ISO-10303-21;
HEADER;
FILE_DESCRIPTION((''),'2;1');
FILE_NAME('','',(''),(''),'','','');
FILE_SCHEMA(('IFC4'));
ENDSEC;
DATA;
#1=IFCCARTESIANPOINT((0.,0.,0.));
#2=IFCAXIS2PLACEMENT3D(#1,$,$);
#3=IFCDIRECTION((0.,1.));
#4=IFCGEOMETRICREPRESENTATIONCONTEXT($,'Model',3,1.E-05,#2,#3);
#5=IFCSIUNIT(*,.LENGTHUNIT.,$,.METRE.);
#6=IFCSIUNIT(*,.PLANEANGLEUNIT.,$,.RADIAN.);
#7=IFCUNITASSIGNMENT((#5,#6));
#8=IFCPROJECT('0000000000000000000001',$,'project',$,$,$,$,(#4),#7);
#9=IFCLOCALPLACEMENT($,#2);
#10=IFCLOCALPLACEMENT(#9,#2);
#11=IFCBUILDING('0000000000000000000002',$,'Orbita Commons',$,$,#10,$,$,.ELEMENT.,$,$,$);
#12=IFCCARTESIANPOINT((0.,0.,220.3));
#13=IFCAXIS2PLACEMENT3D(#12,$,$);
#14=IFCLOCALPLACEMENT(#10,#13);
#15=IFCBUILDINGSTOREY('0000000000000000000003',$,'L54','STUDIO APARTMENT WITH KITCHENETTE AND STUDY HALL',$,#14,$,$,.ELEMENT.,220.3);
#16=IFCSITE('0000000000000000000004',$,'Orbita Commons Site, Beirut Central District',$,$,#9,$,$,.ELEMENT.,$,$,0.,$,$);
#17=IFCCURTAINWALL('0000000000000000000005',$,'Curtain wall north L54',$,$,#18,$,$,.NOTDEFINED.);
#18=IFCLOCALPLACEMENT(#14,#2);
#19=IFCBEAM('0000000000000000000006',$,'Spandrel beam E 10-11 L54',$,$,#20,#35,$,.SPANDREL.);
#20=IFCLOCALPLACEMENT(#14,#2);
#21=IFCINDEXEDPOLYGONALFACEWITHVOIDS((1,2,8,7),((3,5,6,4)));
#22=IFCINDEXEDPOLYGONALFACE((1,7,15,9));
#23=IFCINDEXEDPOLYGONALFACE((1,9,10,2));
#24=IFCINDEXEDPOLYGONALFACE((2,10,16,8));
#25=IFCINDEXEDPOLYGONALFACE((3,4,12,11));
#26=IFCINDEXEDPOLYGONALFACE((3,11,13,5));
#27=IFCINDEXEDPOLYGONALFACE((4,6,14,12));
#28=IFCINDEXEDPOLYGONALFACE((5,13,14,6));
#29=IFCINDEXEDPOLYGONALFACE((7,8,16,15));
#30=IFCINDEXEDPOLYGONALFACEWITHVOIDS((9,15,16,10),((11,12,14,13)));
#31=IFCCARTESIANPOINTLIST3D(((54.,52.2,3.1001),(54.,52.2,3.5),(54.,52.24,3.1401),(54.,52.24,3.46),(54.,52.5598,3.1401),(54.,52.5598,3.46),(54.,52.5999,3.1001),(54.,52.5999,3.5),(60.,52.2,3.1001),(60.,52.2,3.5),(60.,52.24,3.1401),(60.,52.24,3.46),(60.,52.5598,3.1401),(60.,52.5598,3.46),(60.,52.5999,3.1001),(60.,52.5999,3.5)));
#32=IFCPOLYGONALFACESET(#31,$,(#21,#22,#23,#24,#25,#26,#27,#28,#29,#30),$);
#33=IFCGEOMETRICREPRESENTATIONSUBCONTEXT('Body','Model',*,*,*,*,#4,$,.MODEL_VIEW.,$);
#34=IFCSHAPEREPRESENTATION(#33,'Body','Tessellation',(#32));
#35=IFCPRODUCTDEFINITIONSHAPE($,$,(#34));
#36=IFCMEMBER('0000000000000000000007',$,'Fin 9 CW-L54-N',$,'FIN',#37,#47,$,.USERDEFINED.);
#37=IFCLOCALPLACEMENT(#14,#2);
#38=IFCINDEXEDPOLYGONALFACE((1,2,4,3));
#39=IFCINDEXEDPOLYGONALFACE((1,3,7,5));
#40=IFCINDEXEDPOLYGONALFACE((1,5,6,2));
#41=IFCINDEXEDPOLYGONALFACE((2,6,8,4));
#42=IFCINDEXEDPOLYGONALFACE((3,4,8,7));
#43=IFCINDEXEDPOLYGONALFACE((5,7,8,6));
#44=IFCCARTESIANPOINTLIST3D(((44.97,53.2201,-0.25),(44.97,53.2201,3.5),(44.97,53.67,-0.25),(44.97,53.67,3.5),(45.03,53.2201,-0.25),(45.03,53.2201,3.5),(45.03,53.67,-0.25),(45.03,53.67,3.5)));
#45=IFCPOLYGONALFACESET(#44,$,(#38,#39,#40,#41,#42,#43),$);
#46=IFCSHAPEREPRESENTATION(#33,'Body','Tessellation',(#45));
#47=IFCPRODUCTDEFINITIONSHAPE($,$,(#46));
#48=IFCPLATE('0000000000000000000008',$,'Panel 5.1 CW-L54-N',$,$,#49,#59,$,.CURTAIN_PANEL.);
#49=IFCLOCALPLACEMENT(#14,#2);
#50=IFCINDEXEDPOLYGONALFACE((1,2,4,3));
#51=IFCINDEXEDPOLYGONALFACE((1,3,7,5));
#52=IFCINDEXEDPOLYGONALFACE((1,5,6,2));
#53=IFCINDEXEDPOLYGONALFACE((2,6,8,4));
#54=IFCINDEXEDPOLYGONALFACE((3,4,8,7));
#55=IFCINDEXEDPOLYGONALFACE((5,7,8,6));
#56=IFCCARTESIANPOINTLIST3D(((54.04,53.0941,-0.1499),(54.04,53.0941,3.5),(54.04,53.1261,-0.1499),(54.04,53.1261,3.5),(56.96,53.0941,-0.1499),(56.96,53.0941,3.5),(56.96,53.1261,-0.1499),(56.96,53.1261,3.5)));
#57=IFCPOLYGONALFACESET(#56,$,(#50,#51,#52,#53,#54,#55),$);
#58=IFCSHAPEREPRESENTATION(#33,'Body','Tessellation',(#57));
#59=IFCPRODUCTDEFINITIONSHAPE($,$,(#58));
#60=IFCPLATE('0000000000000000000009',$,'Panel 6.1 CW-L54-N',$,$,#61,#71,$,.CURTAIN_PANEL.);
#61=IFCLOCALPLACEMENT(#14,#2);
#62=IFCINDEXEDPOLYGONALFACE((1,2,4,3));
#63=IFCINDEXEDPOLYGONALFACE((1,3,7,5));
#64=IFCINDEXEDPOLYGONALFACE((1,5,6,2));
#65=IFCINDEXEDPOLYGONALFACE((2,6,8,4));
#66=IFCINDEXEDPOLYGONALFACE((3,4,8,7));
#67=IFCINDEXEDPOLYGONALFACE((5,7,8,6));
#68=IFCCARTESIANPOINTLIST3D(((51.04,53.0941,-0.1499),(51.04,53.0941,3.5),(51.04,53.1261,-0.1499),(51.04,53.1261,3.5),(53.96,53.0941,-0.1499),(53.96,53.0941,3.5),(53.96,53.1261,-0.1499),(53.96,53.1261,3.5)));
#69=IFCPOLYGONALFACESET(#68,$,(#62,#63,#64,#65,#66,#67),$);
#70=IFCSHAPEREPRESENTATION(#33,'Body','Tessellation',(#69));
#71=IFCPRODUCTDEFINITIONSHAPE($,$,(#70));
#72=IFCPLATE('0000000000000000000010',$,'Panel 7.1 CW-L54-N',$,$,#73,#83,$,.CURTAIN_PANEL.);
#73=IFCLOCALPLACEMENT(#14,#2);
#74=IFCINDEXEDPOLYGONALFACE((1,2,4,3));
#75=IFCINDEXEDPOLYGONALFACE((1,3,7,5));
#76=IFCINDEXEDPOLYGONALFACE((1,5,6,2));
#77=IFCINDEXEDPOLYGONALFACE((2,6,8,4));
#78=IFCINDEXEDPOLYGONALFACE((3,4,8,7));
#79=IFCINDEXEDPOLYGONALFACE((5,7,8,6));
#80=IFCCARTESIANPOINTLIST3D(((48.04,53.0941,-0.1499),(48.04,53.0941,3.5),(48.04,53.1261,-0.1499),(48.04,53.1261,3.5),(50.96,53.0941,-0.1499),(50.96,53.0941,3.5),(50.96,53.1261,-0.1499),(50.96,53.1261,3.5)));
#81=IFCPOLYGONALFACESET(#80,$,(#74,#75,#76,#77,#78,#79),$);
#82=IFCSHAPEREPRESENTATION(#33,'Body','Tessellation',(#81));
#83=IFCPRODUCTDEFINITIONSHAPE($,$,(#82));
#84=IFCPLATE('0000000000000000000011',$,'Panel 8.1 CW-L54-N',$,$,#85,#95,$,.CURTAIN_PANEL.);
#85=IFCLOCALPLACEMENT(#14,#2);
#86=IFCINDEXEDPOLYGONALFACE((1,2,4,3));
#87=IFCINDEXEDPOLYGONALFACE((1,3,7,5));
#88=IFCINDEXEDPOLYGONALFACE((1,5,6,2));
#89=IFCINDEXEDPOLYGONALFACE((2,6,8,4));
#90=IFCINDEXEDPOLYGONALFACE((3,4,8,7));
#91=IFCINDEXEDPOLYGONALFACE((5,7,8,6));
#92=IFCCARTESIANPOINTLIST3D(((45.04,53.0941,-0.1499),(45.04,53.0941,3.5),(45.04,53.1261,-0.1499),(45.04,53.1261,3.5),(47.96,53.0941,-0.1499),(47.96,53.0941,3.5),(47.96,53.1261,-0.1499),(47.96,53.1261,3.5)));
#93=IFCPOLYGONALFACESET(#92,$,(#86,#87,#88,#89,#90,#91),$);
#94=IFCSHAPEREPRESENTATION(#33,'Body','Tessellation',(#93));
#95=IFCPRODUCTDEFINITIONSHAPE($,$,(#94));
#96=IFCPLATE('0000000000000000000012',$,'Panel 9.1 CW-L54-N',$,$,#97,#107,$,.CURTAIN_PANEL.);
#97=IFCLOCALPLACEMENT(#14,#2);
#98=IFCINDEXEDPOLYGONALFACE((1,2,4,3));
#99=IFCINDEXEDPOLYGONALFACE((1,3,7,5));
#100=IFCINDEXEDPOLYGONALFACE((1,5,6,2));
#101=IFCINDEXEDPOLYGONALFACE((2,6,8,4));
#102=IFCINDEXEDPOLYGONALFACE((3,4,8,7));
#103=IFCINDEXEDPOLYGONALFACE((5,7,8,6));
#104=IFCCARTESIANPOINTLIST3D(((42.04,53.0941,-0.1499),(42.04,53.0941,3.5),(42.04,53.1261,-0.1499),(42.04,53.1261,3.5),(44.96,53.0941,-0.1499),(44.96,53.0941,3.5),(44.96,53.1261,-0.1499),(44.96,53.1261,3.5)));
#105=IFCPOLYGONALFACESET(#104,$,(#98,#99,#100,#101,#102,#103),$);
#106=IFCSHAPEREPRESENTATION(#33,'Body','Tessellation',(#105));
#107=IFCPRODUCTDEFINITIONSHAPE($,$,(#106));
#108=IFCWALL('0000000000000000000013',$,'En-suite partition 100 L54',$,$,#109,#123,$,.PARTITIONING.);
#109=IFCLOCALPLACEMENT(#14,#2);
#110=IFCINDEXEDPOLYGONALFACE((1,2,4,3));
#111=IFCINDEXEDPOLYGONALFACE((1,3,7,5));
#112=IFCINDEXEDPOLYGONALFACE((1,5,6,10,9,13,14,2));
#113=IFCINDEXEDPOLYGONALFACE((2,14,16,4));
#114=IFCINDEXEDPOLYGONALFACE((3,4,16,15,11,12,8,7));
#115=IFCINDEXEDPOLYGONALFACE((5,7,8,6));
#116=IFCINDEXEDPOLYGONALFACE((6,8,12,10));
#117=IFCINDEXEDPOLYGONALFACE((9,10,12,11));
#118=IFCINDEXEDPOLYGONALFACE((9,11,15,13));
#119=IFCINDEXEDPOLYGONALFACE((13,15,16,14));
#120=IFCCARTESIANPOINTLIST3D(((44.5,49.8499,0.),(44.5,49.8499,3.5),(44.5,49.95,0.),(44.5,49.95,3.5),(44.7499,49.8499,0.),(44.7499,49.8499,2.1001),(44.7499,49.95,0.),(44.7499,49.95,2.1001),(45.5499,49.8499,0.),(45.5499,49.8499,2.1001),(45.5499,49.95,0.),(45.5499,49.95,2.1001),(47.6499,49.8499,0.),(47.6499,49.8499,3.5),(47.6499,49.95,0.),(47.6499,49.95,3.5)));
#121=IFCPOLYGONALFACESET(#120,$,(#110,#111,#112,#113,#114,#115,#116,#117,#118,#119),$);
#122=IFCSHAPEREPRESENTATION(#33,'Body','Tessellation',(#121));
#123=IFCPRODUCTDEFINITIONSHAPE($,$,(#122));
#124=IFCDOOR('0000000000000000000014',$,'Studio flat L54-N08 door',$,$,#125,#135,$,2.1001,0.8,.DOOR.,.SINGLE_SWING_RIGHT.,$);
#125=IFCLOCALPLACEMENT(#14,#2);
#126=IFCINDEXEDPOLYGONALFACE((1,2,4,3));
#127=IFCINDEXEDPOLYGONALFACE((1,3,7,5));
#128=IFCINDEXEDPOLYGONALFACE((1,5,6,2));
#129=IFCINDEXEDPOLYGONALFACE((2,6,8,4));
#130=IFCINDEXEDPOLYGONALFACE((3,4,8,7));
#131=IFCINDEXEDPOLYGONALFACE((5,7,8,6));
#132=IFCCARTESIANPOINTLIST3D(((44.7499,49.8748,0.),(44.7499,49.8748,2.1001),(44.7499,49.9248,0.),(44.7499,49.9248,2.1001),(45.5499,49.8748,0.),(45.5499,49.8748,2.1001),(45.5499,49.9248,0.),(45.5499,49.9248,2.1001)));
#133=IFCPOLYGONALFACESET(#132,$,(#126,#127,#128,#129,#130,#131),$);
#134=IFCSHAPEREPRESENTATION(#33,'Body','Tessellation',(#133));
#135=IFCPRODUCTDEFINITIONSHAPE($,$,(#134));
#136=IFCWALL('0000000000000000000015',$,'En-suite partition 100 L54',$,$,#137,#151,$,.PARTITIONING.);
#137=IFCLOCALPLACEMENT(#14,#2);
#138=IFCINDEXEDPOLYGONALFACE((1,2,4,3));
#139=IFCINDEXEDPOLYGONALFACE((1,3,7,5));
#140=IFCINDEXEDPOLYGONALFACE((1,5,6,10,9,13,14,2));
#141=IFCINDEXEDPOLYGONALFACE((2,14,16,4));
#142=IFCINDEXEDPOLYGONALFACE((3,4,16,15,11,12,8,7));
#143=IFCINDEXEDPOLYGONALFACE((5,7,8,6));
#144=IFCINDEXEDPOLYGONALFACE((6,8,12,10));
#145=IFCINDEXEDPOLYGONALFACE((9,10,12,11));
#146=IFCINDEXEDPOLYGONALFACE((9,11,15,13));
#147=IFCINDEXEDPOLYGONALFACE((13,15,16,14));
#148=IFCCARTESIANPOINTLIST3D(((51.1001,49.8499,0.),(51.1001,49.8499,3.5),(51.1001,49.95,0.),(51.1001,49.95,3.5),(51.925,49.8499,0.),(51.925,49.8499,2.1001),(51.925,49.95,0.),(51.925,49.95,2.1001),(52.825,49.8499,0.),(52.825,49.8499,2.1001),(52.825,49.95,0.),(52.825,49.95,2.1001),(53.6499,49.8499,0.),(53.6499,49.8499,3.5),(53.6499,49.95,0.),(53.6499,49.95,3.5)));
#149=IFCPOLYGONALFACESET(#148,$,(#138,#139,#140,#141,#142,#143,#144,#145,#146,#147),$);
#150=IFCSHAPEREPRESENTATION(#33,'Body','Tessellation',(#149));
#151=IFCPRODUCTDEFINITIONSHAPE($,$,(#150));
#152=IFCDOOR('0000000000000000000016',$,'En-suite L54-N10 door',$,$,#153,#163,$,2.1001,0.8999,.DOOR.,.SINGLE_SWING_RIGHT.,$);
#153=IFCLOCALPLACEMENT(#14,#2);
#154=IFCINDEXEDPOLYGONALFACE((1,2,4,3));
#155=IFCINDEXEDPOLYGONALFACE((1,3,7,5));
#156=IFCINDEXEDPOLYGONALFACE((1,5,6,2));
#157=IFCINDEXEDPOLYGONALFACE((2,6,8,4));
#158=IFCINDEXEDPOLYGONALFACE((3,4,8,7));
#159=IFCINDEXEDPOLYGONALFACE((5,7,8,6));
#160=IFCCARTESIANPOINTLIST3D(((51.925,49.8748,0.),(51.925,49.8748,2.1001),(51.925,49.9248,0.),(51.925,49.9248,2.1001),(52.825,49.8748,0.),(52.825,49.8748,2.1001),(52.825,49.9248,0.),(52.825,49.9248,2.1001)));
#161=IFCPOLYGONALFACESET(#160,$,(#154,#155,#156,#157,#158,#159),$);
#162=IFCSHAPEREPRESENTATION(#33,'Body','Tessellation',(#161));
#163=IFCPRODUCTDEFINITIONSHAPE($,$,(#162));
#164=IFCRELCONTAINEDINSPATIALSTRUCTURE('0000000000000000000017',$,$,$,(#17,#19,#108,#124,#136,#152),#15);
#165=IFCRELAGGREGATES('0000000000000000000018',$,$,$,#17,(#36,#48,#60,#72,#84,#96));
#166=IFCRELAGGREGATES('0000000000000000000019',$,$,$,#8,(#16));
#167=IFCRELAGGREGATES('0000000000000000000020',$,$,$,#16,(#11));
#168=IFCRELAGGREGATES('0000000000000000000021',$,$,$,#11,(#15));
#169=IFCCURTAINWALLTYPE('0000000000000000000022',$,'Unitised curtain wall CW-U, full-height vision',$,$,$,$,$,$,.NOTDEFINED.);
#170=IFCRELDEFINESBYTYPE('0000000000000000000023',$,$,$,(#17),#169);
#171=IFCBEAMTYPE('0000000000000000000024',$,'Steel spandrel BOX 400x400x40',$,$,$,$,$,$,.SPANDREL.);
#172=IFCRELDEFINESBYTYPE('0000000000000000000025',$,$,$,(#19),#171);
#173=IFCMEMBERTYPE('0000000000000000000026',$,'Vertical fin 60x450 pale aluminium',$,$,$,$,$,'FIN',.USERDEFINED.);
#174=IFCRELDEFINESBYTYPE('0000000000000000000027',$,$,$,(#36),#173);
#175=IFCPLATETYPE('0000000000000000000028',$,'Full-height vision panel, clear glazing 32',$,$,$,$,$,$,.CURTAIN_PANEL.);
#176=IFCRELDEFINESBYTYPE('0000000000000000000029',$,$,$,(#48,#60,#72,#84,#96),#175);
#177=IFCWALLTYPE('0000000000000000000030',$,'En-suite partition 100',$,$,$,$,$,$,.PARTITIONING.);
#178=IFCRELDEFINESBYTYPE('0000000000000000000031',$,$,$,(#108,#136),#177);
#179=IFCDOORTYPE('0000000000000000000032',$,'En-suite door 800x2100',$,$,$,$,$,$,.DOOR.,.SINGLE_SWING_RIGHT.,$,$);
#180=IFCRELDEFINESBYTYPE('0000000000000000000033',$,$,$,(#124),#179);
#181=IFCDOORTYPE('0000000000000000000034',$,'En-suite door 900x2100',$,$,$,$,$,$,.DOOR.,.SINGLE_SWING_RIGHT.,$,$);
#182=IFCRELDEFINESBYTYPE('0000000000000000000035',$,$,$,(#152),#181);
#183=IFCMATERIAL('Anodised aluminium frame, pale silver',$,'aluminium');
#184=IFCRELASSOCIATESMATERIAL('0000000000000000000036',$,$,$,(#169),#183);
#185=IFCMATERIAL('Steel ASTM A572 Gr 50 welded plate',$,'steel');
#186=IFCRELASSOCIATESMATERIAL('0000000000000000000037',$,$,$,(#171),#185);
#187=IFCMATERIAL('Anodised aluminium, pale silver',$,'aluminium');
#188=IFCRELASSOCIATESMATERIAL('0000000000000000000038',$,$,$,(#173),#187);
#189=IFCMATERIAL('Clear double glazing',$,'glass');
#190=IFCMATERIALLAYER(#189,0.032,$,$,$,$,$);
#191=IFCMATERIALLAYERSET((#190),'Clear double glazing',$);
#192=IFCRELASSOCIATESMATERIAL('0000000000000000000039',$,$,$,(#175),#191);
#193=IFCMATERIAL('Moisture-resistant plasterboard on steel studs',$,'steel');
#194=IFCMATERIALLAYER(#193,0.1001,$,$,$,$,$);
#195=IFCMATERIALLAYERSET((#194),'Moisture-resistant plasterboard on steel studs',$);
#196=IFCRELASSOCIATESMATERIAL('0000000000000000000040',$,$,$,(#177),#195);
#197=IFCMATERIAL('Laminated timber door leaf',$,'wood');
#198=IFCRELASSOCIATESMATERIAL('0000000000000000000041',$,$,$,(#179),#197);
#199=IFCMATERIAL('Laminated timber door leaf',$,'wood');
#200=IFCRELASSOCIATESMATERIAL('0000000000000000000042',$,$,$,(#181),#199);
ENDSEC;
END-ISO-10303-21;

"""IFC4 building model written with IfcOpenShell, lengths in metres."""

from ifc_helpers import new_model, si_unit, direction, frame, frame_2d, origin, origin_2d, place, context, subcontext, project, spatial, rectangle, hollow_rectangle, extrude, material, layer, layer_set, material_profile, profile_set, type_object, element, fill, aggregate, save


model = new_model("IFC4")

# Units and contexts
model_context = context("Model", 3, precision=1e-05, world=origin(), true_north=direction((0.0, 1.0)))
body_context = subcontext(model_context, "Body", "Model", "MODEL_VIEW")
ifc_project = project(units=[si_unit("LENGTHUNIT", "METRE"), si_unit("PLANEANGLEUNIT", "RADIAN")], contexts=[model_context])

# Site, building, storey
site_placement = place(None, origin())
site = spatial("IfcSite", under=ifc_project, at=site_placement, Name="Orbita Commons Site, Beirut Central District", CompositionType="ELEMENT", RefElevation=0.0)
building_placement = place(site_placement, origin())
building = spatial("IfcBuilding", under=site, at=building_placement, Name="Orbita Commons", CompositionType="ELEMENT")
storey_placement = place(building_placement, frame((0.0, 0.0, 220.3)))
storey = spatial("IfcBuildingStorey", under=building, at=storey_placement, Name="L54", Description="STUDIO APARTMENT WITH KITCHENETTE AND STUDY HALL", CompositionType="ELEMENT", Elevation=220.3)

# Curtain wall
ifc_material_1 = material(Name="Anodised aluminium frame, pale silver", Category="aluminium")
curtain_wall_type = type_object("IfcCurtainWallType", Name="Unitised curtain wall CW-U, full-height vision", PredefinedType="NOTDEFINED", material=ifc_material_1)
curtain_wall_placement = place(storey_placement, origin())
curtain_wall = element("IfcCurtainWall", 1, at=curtain_wall_placement, inside=storey, type_object=curtain_wall_type, Name="Curtain wall north L54", PredefinedType="NOTDEFINED")

# Beam
ifc_material_2 = material(Name="Steel ASTM A572 Gr 50 welded plate", Category="steel")
ifc_material_profile_1 = material_profile(ifc_material_2, hollow_rectangle(XDim=0.3999, YDim=0.3999, WallThickness=0.04, at=origin_2d()), Name="BOX 400x400x40")
ifc_profile_set_1 = profile_set([ifc_material_profile_1], Name="Steel ASTM A572 Gr 50 welded plate")
beam_type = type_object("IfcBeamType", Name="Steel spandrel BOX 400x400x40", PredefinedType="SPANDREL", material=ifc_profile_set_1)
for number, where, z_axis, x_axis, name in (
    (2, (54.0, 52.3999, 3.3), (1.0, 0.0, 0.0), (0.0, 1.0, 0.0), "Spandrel beam E 10-11 L54"),
):
    element("IfcBeam", number, at=place(storey_placement, frame(where, z_axis=z_axis, x_axis=x_axis)), inside=storey, type_object=beam_type, Name=name, PredefinedType="SPANDREL", context=body_context, shape_type="SweptSolid", body=[
        extrude(hollow_rectangle(XDim=0.3999, YDim=0.3999, WallThickness=0.04, at=origin_2d()), origin(), (0.0, 0.0, 1.0), 6.0),
    ])

# Member
ifc_material_3 = material(Name="Anodised aluminium, pale silver", Category="aluminium")
ifc_material_profile_2 = material_profile(ifc_material_3, rectangle(XDim=0.0601, YDim=0.45, at=origin_2d()), Name="FIN 60x450")
ifc_profile_set_2 = profile_set([ifc_material_profile_2], Name="Anodised aluminium, pale silver")
member_type_1 = type_object("IfcMemberType", Name="Vertical fin 60x450 pale aluminium", ElementType="FIN", PredefinedType="USERDEFINED", material=ifc_profile_set_2)
member_1_placement = place(storey_placement, frame((45.0, 53.4451, -0.25), z_axis=(0.0, 0.0, 1.0), x_axis=(-1.0, 0.0, 0.0)))
member_1 = element("IfcMember", 3, at=member_1_placement, type_object=member_type_1, Name="Fin 9 CW-L54-N", ObjectType="FIN", PredefinedType="USERDEFINED", context=body_context, shape_type="SweptSolid", body=[
    extrude(rectangle(XDim=0.0601, YDim=0.45, at=origin_2d()), origin(), (0.0, 0.0, 1.0), 3.75),
])

# Plates
ifc_material_4 = material(Name="Clear double glazing", Category="glass")
ifc_layer_1 = layer(ifc_material_4, 0.032)
ifc_layer_set_1 = layer_set([ifc_layer_1], Name="Clear double glazing")
plate_type = type_object("IfcPlateType", Name="Full-height vision panel, clear glazing 32", PredefinedType="CURTAIN_PANEL", material=ifc_layer_set_1)
plate_1_placement = place(storey_placement, frame((55.5, 53.1101, -0.1499), z_axis=(0.0, 0.0, 1.0), x_axis=(-1.0, 0.0, 0.0)))
plate_1 = element("IfcPlate", 4, at=plate_1_placement, type_object=plate_type, Name="Panel 5.1 CW-L54-N", PredefinedType="CURTAIN_PANEL", context=body_context, shape_type="SweptSolid", body=[
    extrude(rectangle(XDim=2.9199, YDim=0.032, at=origin_2d()), origin(), (0.0, 0.0, 1.0), 3.6499),
])
plate_2_placement = place(storey_placement, frame((52.5, 53.1101, -0.1499), z_axis=(0.0, 0.0, 1.0), x_axis=(-1.0, 0.0, 0.0)))
plate_2 = element("IfcPlate", 5, at=plate_2_placement, type_object=plate_type, Name="Panel 6.1 CW-L54-N", PredefinedType="CURTAIN_PANEL", context=body_context, shape_type="SweptSolid", body=[
    extrude(rectangle(XDim=2.9199, YDim=0.032, at=origin_2d()), origin(), (0.0, 0.0, 1.0), 3.6499),
])
plate_3_placement = place(storey_placement, frame((49.5, 53.1101, -0.1499), z_axis=(0.0, 0.0, 1.0), x_axis=(-1.0, 0.0, 0.0)))
plate_3 = element("IfcPlate", 6, at=plate_3_placement, type_object=plate_type, Name="Panel 7.1 CW-L54-N", PredefinedType="CURTAIN_PANEL", context=body_context, shape_type="SweptSolid", body=[
    extrude(rectangle(XDim=2.9199, YDim=0.032, at=origin_2d()), origin(), (0.0, 0.0, 1.0), 3.6499),
])
plate_4_placement = place(storey_placement, frame((46.5, 53.1101, -0.1499), z_axis=(0.0, 0.0, 1.0), x_axis=(-1.0, 0.0, 0.0)))
plate_4 = element("IfcPlate", 7, at=plate_4_placement, type_object=plate_type, Name="Panel 8.1 CW-L54-N", PredefinedType="CURTAIN_PANEL", context=body_context, shape_type="SweptSolid", body=[
    extrude(rectangle(XDim=2.9199, YDim=0.032, at=origin_2d()), origin(), (0.0, 0.0, 1.0), 3.6499),
])
plate_5_placement = place(storey_placement, frame((43.5, 53.1101, -0.1499), z_axis=(0.0, 0.0, 1.0), x_axis=(-1.0, 0.0, 0.0)))
plate_5 = element("IfcPlate", 8, at=plate_5_placement, type_object=plate_type, Name="Panel 9.1 CW-L54-N", PredefinedType="CURTAIN_PANEL", context=body_context, shape_type="SweptSolid", body=[
    extrude(rectangle(XDim=2.9199, YDim=0.032, at=origin_2d()), origin(), (0.0, 0.0, 1.0), 3.6499),
])
aggregate(curtain_wall, [member_1, plate_1, plate_2, plate_3, plate_4, plate_5])

# Walls, openings, doors
ifc_material_5 = material(Name="Moisture-resistant plasterboard on steel studs", Category="steel")
ifc_layer_2 = layer(ifc_material_5, 0.1001)
ifc_layer_set_2 = layer_set([ifc_layer_2], Name="Moisture-resistant plasterboard on steel studs")
wall_type_1 = type_object("IfcWallType", Name="En-suite partition 100", PredefinedType="PARTITIONING", material=ifc_layer_set_2)
wall_1_placement = place(storey_placement, frame((44.5, 49.8999, 0.0), z_axis=(0.0, 0.0, 1.0), x_axis=(1.0, 0.0, 0.0)))
wall_1 = element("IfcWall", 9, at=wall_1_placement, inside=storey, type_object=wall_type_1, Name="En-suite partition 100 L54", PredefinedType="PARTITIONING", context=body_context, shape_type="SweptSolid", body=[
    extrude(rectangle(XDim=3.1499, YDim=0.1001, at=frame_2d((1.575, 0.0))), origin(), (0.0, 0.0, 1.0), 3.5),
])
opening_1_placement = place(wall_1_placement, frame((0.25, 0.0, 0.0)))
opening_1 = element("IfcOpeningElement", 10, at=opening_1_placement, cuts=wall_1, PredefinedType="OPENING", context=body_context, shape_type="SweptSolid", body=[
    extrude(rectangle(XDim=0.8, YDim=2.1001, at=frame_2d((0.3999, 1.05))), frame((0.0, 0.0601, 0.0), z_axis=(0.0, -1.0, 0.0), x_axis=(1.0, 0.0, 0.0)), (0.0, 0.0, 1.0), 0.1201),
])
ifc_material_6 = material(Name="Laminated timber door leaf", Category="wood")
door_type_1 = type_object("IfcDoorType", Name="En-suite door 800x2100", OperationType="SINGLE_SWING_RIGHT", PredefinedType="DOOR", material=ifc_material_6)
door_1_placement = place(opening_1_placement, origin())
door_1 = element("IfcDoor", 11, at=door_1_placement, inside=storey, type_object=door_type_1, Name="Studio flat L54-N08 door", OperationType="SINGLE_SWING_RIGHT", OverallHeight=2.1001, OverallWidth=0.8, PredefinedType="DOOR", context=body_context, shape_type="SweptSolid", body=[
    extrude(rectangle(XDim=0.8, YDim=2.1001, at=frame_2d((0.3999, 1.05))), frame((0.0, 0.0249, 0.0), z_axis=(0.0, -1.0, 0.0), x_axis=(1.0, 0.0, 0.0)), (0.0, 0.0, 1.0), 0.05),
])
fill(opening_1, door_1)
wall_2_placement = place(storey_placement, frame((51.1001, 49.8999, 0.0), z_axis=(0.0, 0.0, 1.0), x_axis=(1.0, 0.0, 0.0)))
wall_2 = element("IfcWall", 12, at=wall_2_placement, inside=storey, type_object=wall_type_1, Name="En-suite partition 100 L54", PredefinedType="PARTITIONING", context=body_context, shape_type="SweptSolid", body=[
    extrude(rectangle(XDim=2.5498, YDim=0.1001, at=frame_2d((1.2749, 0.0))), origin(), (0.0, 0.0, 1.0), 3.5),
])
opening_2_placement = place(wall_2_placement, frame((0.825, 0.0, 0.0)))
opening_2 = element("IfcOpeningElement", 13, at=opening_2_placement, cuts=wall_2, PredefinedType="OPENING", context=body_context, shape_type="SweptSolid", body=[
    extrude(rectangle(XDim=0.8999, YDim=2.1001, at=frame_2d((0.45, 1.05))), frame((0.0, 0.0601, 0.0), z_axis=(0.0, -1.0, 0.0), x_axis=(1.0, 0.0, 0.0)), (0.0, 0.0, 1.0), 0.1201),
])
ifc_material_7 = material(Name="Laminated timber door leaf", Category="wood")
door_type_2 = type_object("IfcDoorType", Name="En-suite door 900x2100", OperationType="SINGLE_SWING_RIGHT", PredefinedType="DOOR", material=ifc_material_7)
door_2_placement = place(opening_2_placement, origin())
door_2 = element("IfcDoor", 14, at=door_2_placement, inside=storey, type_object=door_type_2, Name="En-suite L54-N10 door", OperationType="SINGLE_SWING_RIGHT", OverallHeight=2.1001, OverallWidth=0.8999, PredefinedType="DOOR", context=body_context, shape_type="SweptSolid", body=[
    extrude(rectangle(XDim=0.8999, YDim=2.1001, at=frame_2d((0.45, 1.05))), frame((0.0, 0.0249, 0.0), z_axis=(0.0, -1.0, 0.0), x_axis=(1.0, 0.0, 0.0)), (0.0, 0.0, 1.0), 0.05),
])
fill(opening_2, door_2)

save(model, "model.ifc")
